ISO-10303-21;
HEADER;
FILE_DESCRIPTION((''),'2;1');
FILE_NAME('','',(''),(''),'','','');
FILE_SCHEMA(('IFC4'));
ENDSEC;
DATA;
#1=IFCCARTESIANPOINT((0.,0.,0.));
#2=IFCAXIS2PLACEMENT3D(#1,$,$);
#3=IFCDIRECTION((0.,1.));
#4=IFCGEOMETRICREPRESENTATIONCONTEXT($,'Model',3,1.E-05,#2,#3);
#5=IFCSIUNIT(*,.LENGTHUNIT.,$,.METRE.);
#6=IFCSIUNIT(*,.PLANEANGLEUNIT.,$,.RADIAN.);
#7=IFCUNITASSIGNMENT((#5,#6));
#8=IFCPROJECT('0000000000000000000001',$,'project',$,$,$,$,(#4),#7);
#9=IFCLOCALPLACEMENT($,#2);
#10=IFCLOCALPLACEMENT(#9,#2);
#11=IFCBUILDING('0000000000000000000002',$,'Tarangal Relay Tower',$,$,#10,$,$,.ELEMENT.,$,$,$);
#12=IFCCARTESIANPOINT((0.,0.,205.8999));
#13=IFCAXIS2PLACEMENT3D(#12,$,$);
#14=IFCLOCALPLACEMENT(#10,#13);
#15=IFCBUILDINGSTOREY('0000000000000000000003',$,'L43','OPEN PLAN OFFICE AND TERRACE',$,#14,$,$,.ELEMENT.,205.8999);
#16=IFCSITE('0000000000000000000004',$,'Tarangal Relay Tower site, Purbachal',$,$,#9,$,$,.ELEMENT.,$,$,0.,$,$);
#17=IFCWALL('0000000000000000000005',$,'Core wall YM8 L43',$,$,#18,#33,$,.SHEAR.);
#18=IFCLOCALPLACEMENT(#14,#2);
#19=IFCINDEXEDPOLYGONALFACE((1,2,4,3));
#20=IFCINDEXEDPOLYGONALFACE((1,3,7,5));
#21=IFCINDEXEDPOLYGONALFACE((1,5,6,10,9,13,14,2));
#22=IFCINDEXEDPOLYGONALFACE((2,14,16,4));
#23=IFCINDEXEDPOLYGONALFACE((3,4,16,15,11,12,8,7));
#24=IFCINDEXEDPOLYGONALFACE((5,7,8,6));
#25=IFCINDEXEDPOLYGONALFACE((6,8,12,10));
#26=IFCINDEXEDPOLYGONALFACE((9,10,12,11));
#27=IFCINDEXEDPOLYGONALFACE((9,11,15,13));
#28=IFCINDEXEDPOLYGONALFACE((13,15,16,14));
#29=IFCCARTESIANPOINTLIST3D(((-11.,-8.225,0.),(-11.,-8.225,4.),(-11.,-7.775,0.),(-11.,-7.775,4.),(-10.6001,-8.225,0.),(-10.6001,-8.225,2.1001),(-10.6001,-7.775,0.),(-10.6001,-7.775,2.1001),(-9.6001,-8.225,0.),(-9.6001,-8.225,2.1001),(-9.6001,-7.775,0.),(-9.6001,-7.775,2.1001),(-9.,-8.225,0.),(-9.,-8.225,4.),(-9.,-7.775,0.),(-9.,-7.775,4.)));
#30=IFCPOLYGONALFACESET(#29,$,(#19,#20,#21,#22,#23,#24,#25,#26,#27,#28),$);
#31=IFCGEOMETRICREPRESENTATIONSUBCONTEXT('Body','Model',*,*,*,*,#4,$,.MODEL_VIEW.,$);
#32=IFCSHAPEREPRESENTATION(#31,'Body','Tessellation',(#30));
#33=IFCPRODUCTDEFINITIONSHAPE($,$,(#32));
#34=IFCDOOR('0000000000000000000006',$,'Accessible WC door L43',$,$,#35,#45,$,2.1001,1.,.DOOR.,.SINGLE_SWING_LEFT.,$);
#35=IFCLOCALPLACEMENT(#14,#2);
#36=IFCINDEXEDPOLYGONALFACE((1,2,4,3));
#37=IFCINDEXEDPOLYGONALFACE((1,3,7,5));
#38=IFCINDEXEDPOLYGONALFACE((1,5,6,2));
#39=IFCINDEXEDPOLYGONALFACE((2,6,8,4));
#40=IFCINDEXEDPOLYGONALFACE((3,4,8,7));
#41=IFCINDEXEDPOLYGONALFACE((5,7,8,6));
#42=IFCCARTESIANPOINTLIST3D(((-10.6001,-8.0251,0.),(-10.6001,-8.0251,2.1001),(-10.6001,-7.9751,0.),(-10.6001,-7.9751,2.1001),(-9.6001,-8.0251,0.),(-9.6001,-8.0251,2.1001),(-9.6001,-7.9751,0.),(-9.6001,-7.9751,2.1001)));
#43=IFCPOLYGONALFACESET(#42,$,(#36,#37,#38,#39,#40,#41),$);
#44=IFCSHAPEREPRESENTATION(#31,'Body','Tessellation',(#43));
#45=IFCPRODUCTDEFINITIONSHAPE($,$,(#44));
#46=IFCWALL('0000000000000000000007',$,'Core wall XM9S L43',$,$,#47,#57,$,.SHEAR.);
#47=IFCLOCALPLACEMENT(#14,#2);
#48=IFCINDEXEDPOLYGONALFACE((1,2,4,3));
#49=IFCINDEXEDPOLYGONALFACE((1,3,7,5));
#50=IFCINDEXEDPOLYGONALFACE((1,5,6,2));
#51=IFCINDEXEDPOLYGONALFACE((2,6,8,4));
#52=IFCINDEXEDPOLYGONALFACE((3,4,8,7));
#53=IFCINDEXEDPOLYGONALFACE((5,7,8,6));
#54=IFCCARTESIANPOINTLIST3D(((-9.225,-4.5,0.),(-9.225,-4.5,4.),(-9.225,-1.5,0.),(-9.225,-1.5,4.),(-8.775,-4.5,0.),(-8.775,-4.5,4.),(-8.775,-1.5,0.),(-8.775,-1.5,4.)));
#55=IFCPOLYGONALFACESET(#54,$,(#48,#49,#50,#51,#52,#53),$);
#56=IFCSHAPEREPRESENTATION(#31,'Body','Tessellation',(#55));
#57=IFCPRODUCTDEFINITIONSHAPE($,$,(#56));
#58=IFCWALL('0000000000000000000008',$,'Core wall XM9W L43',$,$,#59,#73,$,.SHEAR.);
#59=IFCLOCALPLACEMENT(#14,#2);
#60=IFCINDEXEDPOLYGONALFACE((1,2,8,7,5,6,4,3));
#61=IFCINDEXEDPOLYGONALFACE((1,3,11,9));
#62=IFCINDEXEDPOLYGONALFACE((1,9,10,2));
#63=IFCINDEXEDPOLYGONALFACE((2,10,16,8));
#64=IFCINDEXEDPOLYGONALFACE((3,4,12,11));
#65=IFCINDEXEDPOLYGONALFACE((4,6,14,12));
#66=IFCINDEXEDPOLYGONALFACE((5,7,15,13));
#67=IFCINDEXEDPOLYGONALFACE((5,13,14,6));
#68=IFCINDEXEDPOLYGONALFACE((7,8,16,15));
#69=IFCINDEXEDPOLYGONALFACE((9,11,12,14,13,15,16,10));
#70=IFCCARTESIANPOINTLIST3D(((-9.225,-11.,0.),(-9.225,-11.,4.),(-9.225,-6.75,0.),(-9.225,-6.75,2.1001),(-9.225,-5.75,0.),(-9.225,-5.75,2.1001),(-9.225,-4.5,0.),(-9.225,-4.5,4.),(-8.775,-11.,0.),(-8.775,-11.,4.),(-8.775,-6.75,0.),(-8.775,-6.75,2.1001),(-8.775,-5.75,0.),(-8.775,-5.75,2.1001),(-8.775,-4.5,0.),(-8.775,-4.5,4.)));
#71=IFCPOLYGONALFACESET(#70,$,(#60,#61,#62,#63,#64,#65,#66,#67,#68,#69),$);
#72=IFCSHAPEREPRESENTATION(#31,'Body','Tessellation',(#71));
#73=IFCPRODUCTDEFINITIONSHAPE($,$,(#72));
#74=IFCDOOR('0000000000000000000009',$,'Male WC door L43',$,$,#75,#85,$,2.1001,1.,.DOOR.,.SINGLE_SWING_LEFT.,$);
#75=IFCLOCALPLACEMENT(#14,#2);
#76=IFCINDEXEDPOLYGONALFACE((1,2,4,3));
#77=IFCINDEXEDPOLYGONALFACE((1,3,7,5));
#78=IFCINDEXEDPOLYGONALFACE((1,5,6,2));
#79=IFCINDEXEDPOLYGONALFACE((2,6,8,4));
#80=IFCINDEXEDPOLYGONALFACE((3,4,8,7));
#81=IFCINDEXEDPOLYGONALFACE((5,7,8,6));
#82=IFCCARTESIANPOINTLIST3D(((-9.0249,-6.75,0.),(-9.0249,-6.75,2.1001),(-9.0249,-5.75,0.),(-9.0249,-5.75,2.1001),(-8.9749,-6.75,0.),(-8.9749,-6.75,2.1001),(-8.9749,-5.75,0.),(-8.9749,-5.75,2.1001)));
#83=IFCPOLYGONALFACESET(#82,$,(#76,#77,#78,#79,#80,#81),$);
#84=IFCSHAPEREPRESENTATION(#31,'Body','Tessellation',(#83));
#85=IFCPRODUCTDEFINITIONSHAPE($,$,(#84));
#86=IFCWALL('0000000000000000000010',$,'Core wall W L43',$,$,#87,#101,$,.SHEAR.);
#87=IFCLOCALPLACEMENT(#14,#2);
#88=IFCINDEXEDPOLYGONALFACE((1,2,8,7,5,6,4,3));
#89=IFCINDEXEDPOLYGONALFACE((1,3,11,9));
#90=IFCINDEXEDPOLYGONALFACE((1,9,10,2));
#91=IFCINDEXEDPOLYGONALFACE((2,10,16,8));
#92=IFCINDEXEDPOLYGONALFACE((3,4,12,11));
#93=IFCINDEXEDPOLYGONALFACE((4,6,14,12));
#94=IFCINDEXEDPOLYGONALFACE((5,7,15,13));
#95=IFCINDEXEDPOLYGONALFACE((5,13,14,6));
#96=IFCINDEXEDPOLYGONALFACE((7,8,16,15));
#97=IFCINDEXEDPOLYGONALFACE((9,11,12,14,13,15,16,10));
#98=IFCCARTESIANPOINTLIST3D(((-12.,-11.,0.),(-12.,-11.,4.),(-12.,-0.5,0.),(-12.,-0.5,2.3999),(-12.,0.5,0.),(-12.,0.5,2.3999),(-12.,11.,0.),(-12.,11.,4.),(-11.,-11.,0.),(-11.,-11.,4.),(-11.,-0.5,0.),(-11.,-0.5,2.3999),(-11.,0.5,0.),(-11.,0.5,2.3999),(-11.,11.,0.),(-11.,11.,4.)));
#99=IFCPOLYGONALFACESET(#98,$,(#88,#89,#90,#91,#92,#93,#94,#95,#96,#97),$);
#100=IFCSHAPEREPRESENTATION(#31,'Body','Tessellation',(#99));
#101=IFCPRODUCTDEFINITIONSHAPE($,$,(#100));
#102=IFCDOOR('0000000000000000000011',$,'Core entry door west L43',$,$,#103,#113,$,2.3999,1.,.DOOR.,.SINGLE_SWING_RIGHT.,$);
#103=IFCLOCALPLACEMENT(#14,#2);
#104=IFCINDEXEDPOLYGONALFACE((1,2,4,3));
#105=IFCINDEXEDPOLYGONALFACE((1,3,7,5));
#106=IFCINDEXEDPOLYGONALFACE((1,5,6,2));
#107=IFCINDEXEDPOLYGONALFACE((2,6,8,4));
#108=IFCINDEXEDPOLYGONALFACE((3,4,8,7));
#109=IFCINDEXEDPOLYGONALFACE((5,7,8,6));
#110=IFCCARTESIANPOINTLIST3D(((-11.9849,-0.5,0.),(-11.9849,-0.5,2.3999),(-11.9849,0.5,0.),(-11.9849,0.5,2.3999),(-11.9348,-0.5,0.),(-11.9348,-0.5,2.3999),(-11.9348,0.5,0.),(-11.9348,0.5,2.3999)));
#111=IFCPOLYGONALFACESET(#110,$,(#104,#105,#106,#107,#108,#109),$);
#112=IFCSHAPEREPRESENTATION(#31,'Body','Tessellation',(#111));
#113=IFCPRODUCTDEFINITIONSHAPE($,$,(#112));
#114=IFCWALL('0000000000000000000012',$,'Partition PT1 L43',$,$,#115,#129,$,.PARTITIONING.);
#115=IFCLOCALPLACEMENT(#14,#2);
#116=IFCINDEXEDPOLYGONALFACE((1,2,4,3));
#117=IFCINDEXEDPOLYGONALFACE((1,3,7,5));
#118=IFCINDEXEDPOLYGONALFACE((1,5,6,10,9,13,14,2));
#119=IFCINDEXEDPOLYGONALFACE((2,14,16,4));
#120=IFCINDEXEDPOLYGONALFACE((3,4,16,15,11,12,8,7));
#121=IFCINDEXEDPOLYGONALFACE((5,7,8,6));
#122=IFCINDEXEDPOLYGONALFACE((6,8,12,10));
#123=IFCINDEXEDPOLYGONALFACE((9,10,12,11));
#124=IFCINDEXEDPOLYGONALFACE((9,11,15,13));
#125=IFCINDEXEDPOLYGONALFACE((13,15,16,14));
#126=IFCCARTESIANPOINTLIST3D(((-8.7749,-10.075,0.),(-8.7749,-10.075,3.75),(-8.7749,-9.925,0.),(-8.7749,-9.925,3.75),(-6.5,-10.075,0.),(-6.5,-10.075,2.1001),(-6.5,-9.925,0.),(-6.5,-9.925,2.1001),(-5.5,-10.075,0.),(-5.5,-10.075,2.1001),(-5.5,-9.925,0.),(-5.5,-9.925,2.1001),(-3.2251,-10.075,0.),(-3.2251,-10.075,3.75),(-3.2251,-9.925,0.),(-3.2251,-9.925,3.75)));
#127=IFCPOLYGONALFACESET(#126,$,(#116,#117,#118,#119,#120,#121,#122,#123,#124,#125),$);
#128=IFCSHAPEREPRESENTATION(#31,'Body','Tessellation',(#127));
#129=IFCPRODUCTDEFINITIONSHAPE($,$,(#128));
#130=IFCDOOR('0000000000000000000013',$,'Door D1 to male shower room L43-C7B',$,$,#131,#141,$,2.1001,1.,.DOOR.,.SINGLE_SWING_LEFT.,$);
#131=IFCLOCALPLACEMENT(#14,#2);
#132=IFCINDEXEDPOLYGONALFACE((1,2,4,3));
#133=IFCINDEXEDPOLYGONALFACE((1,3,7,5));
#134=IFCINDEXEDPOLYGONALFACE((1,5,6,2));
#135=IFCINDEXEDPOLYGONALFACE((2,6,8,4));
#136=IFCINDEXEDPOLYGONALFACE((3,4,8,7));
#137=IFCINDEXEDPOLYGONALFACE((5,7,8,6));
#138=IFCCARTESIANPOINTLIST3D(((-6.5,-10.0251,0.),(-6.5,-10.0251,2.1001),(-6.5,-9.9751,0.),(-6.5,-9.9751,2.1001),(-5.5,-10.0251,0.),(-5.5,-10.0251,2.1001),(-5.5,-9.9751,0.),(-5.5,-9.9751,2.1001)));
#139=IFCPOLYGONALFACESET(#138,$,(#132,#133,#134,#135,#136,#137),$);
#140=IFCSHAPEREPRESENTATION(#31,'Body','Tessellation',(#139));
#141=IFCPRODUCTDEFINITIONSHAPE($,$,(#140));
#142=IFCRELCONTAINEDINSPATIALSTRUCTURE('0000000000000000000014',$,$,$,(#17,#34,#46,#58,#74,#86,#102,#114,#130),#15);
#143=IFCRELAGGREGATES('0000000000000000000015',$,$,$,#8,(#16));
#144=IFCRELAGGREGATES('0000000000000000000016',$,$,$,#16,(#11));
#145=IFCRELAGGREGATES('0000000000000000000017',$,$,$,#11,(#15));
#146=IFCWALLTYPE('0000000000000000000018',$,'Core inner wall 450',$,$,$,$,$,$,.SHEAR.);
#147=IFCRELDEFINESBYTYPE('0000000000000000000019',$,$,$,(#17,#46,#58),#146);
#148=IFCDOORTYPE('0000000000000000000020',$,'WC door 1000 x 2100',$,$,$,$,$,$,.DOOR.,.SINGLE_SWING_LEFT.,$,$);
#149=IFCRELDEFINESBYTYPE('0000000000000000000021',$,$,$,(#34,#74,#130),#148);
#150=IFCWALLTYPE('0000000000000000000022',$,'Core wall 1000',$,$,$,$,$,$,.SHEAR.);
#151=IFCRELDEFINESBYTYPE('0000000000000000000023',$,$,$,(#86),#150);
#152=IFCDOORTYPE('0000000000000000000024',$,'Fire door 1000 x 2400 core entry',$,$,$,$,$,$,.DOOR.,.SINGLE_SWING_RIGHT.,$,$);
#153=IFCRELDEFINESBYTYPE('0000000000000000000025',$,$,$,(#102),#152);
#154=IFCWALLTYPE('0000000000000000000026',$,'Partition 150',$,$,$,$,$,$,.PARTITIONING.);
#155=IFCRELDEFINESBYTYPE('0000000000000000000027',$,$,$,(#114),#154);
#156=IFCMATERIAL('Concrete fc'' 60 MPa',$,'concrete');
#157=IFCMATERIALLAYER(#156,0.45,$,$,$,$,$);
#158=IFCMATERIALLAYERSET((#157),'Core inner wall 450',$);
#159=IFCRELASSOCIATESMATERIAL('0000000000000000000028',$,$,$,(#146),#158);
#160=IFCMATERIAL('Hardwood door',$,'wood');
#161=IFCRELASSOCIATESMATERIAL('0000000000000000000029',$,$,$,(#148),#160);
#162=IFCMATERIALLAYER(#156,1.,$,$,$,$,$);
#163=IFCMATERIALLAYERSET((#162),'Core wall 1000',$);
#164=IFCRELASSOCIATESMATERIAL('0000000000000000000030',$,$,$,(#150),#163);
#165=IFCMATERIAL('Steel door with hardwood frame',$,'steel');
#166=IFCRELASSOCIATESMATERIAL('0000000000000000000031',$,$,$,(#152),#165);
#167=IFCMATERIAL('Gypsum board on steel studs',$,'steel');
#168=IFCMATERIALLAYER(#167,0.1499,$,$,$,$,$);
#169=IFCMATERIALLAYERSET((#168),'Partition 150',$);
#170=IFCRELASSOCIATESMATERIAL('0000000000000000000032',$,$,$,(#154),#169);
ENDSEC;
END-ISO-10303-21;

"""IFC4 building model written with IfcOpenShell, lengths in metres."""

from ifc_helpers import new_model, si_unit, direction, frame, frame_2d, origin, place, context, subcontext, project, spatial, rectangle, extrude, material, layer, layer_set, type_object, element, fill, save


model = new_model("IFC4")

# Units and contexts
model_context = context("Model", 3, precision=1e-05, world=origin(), true_north=direction((0.0, 1.0)))
body_context = subcontext(model_context, "Body", "Model", "MODEL_VIEW")
ifc_project = project(units=[si_unit("LENGTHUNIT", "METRE"), si_unit("PLANEANGLEUNIT", "RADIAN")], contexts=[model_context])

# Site, building, storey
site_placement = place(None, origin())
site = spatial("IfcSite", under=ifc_project, at=site_placement, Name="Tarangal Relay Tower site, Purbachal", CompositionType="ELEMENT", RefElevation=0.0)
building_placement = place(site_placement, origin())
building = spatial("IfcBuilding", under=site, at=building_placement, Name="Tarangal Relay Tower", CompositionType="ELEMENT")
storey_placement = place(building_placement, frame((0.0, 0.0, 205.8999)))
storey = spatial("IfcBuildingStorey", under=building, at=storey_placement, Name="L43", Description="OPEN PLAN OFFICE AND TERRACE", CompositionType="ELEMENT", Elevation=205.8999)

# Shared definitions
ifc_material_1 = material(Name="Concrete fc' 60 MPa", Category="concrete")
ifc_layer_1 = layer(ifc_material_1, 0.45)
ifc_layer_set_1 = layer_set([ifc_layer_1], Name="Core inner wall 450")
wall_type_1 = type_object("IfcWallType", Name="Core inner wall 450", PredefinedType="SHEAR", material=ifc_layer_set_1)
ifc_material_2 = material(Name="Steel door with hardwood frame", Category="steel")

# Wall, opening, door
wall_1_placement = place(storey_placement, frame((-11.0, -8.0, 0.0), z_axis=(0.0, 0.0, 1.0), x_axis=(1.0, 0.0, 0.0)))
wall_1 = element("IfcWall", 1, at=wall_1_placement, inside=storey, type_object=wall_type_1, Name="Core wall YM8 L43", PredefinedType="SHEAR", context=body_context, shape_type="SweptSolid", body=[
    extrude(rectangle(XDim=2.0, YDim=0.45, at=frame_2d((1.0, 0.0))), origin(), (0.0, 0.0, 1.0), 4.0),
])
opening_1_placement = place(wall_1_placement, frame((0.3999, 0.0, 0.0)))
opening_1 = element("IfcOpeningElement", 2, at=opening_1_placement, cuts=wall_1, PredefinedType="OPENING", context=body_context, shape_type="SweptSolid", body=[
    extrude(rectangle(XDim=1.0, YDim=2.1001, at=frame_2d((0.5, 1.05))), frame((0.0, 0.2349, 0.0), z_axis=(0.0, -1.0, 0.0), x_axis=(1.0, 0.0, 0.0)), (0.0, 0.0, 1.0), 0.47),
])
ifc_material_3 = material(Name="Hardwood door", Category="wood")
door_type_1 = type_object("IfcDoorType", Name="WC door 1000 x 2100", OperationType="SINGLE_SWING_LEFT", PredefinedType="DOOR", material=ifc_material_3)
door_1_placement = place(opening_1_placement, origin())
door_1 = element("IfcDoor", 3, at=door_1_placement, inside=storey, type_object=door_type_1, Name="Accessible WC door L43", OperationType="SINGLE_SWING_LEFT", OverallHeight=2.1001, OverallWidth=1.0, PredefinedType="DOOR", context=body_context, shape_type="SweptSolid", body=[
    extrude(rectangle(XDim=1.0, YDim=2.1001, at=frame_2d((0.5, 1.05))), frame((0.0, 0.0249, 0.0), z_axis=(0.0, -1.0, 0.0), x_axis=(1.0, 0.0, 0.0)), (0.0, 0.0, 1.0), 0.05),
])
fill(opening_1, door_1)

# Wall
wall_2_placement = place(storey_placement, frame((-9.0, -4.5, 0.0), z_axis=(0.0, 0.0, 1.0), x_axis=(0.0, 1.0, 0.0)))
element("IfcWall", 4, at=wall_2_placement, inside=storey, type_object=wall_type_1, Name="Core wall XM9S L43", PredefinedType="SHEAR", context=body_context, shape_type="SweptSolid", body=[
    extrude(rectangle(XDim=3.0, YDim=0.45, at=frame_2d((1.5, 0.0))), origin(), (0.0, 0.0, 1.0), 4.0),
])

# Walls, openings, doors
wall_3_placement = place(storey_placement, frame((-9.0, -11.0, 0.0), z_axis=(0.0, 0.0, 1.0), x_axis=(0.0, 1.0, 0.0)))
wall_3 = element("IfcWall", 5, at=wall_3_placement, inside=storey, type_object=wall_type_1, Name="Core wall XM9W L43", PredefinedType="SHEAR", context=body_context, shape_type="SweptSolid", body=[
    extrude(rectangle(XDim=6.5, YDim=0.45, at=frame_2d((3.25, 0.0))), origin(), (0.0, 0.0, 1.0), 4.0),
])
opening_2_placement = place(wall_3_placement, frame((4.25, 0.0, 0.0)))
opening_2 = element("IfcOpeningElement", 6, at=opening_2_placement, cuts=wall_3, PredefinedType="OPENING", context=body_context, shape_type="SweptSolid", body=[
    extrude(rectangle(XDim=1.0, YDim=2.1001, at=frame_2d((0.5, 1.05))), frame((0.0, 0.2349, 0.0), z_axis=(0.0, -1.0, 0.0), x_axis=(1.0, 0.0, 0.0)), (0.0, 0.0, 1.0), 0.47),
])
door_2_placement = place(opening_2_placement, origin())
door_2 = element("IfcDoor", 7, at=door_2_placement, inside=storey, type_object=door_type_1, Name="Male WC door L43", OperationType="SINGLE_SWING_LEFT", OverallHeight=2.1001, OverallWidth=1.0, PredefinedType="DOOR", context=body_context, shape_type="SweptSolid", body=[
    extrude(rectangle(XDim=1.0, YDim=2.1001, at=frame_2d((0.5, 1.05))), frame((0.0, 0.0249, 0.0), z_axis=(0.0, -1.0, 0.0), x_axis=(1.0, 0.0, 0.0)), (0.0, 0.0, 1.0), 0.05),
])
fill(opening_2, door_2)
ifc_layer_2 = layer(ifc_material_1, 1.0)
ifc_layer_set_2 = layer_set([ifc_layer_2], Name="Core wall 1000")
wall_type_2 = type_object("IfcWallType", Name="Core wall 1000", PredefinedType="SHEAR", material=ifc_layer_set_2)
wall_4_placement = place(storey_placement, frame((-11.5, -11.0, 0.0), z_axis=(0.0, 0.0, 1.0), x_axis=(0.0, 1.0, 0.0)))
wall_4 = element("IfcWall", 8, at=wall_4_placement, inside=storey, type_object=wall_type_2, Name="Core wall W L43", PredefinedType="SHEAR", context=body_context, shape_type="SweptSolid", body=[
    extrude(rectangle(XDim=22.0, YDim=1.0, at=frame_2d((11.0, 0.0))), origin(), (0.0, 0.0, 1.0), 4.0),
])
opening_3_placement = place(wall_4_placement, frame((10.5, 0.0, 0.0)))
opening_3 = element("IfcOpeningElement", 9, at=opening_3_placement, cuts=wall_4, PredefinedType="OPENING", context=body_context, shape_type="SweptSolid", body=[
    extrude(rectangle(XDim=1.0, YDim=2.3999, at=frame_2d((0.5, 1.2))), frame((0.0, 0.51, 0.0), z_axis=(0.0, -1.0, 0.0), x_axis=(1.0, 0.0, 0.0)), (0.0, 0.0, 1.0), 1.02),
])
door_type_2 = type_object("IfcDoorType", Name="Fire door 1000 x 2400 core entry", OperationType="SINGLE_SWING_RIGHT", PredefinedType="DOOR", material=ifc_material_2)
door_3_placement = place(opening_3_placement, origin())
door_3 = element("IfcDoor", 10, at=door_3_placement, inside=storey, type_object=door_type_2, Name="Core entry door west L43", OperationType="SINGLE_SWING_RIGHT", OverallHeight=2.3999, OverallWidth=1.0, PredefinedType="DOOR", context=body_context, shape_type="SweptSolid", body=[
    extrude(rectangle(XDim=1.0, YDim=2.3999, at=frame_2d((0.5, 1.2))), frame((0.0, 0.4849, 0.0), z_axis=(0.0, -1.0, 0.0), x_axis=(1.0, 0.0, 0.0)), (0.0, 0.0, 1.0), 0.05),
])
fill(opening_3, door_3)
ifc_material_4 = material(Name="Gypsum board on steel studs", Category="steel")
ifc_layer_3 = layer(ifc_material_4, 0.1499)
ifc_layer_set_3 = layer_set([ifc_layer_3], Name="Partition 150")
wall_type_3 = type_object("IfcWallType", Name="Partition 150", PredefinedType="PARTITIONING", material=ifc_layer_set_3)
wall_5_placement = place(storey_placement, frame((-8.7749, -10.0, 0.0), z_axis=(0.0, 0.0, 1.0), x_axis=(1.0, 0.0, 0.0)))
wall_5 = element("IfcWall", 11, at=wall_5_placement, inside=storey, type_object=wall_type_3, Name="Partition PT1 L43", PredefinedType="PARTITIONING", context=body_context, shape_type="SweptSolid", body=[
    extrude(rectangle(XDim=5.5498, YDim=0.1499, at=frame_2d((2.7749, 0.0))), origin(), (0.0, 0.0, 1.0), 3.75),
])
opening_4_placement = place(wall_5_placement, frame((2.2749, 0.0, 0.0)))
opening_4 = element("IfcOpeningElement", 12, at=opening_4_placement, cuts=wall_5, PredefinedType="OPENING", context=body_context, shape_type="SweptSolid", body=[
    extrude(rectangle(XDim=1.0, YDim=2.1001, at=frame_2d((0.5, 1.05))), frame((0.0, 0.085, 0.0), z_axis=(0.0, -1.0, 0.0), x_axis=(1.0, 0.0, 0.0)), (0.0, 0.0, 1.0), 0.1699),
])
door_4_placement = place(opening_4_placement, origin())
door_4 = element("IfcDoor", 13, at=door_4_placement, inside=storey, type_object=door_type_1, Name="Door D1 to male shower room L43-C7B", OperationType="SINGLE_SWING_LEFT", OverallHeight=2.1001, OverallWidth=1.0, PredefinedType="DOOR", context=body_context, shape_type="SweptSolid", body=[
    extrude(rectangle(XDim=1.0, YDim=2.1001, at=frame_2d((0.5, 1.05))), frame((0.0, 0.0249, 0.0), z_axis=(0.0, -1.0, 0.0), x_axis=(1.0, 0.0, 0.0)), (0.0, 0.0, 1.0), 0.05),
])
fill(opening_4, door_4)

save(model, "model.ifc")
